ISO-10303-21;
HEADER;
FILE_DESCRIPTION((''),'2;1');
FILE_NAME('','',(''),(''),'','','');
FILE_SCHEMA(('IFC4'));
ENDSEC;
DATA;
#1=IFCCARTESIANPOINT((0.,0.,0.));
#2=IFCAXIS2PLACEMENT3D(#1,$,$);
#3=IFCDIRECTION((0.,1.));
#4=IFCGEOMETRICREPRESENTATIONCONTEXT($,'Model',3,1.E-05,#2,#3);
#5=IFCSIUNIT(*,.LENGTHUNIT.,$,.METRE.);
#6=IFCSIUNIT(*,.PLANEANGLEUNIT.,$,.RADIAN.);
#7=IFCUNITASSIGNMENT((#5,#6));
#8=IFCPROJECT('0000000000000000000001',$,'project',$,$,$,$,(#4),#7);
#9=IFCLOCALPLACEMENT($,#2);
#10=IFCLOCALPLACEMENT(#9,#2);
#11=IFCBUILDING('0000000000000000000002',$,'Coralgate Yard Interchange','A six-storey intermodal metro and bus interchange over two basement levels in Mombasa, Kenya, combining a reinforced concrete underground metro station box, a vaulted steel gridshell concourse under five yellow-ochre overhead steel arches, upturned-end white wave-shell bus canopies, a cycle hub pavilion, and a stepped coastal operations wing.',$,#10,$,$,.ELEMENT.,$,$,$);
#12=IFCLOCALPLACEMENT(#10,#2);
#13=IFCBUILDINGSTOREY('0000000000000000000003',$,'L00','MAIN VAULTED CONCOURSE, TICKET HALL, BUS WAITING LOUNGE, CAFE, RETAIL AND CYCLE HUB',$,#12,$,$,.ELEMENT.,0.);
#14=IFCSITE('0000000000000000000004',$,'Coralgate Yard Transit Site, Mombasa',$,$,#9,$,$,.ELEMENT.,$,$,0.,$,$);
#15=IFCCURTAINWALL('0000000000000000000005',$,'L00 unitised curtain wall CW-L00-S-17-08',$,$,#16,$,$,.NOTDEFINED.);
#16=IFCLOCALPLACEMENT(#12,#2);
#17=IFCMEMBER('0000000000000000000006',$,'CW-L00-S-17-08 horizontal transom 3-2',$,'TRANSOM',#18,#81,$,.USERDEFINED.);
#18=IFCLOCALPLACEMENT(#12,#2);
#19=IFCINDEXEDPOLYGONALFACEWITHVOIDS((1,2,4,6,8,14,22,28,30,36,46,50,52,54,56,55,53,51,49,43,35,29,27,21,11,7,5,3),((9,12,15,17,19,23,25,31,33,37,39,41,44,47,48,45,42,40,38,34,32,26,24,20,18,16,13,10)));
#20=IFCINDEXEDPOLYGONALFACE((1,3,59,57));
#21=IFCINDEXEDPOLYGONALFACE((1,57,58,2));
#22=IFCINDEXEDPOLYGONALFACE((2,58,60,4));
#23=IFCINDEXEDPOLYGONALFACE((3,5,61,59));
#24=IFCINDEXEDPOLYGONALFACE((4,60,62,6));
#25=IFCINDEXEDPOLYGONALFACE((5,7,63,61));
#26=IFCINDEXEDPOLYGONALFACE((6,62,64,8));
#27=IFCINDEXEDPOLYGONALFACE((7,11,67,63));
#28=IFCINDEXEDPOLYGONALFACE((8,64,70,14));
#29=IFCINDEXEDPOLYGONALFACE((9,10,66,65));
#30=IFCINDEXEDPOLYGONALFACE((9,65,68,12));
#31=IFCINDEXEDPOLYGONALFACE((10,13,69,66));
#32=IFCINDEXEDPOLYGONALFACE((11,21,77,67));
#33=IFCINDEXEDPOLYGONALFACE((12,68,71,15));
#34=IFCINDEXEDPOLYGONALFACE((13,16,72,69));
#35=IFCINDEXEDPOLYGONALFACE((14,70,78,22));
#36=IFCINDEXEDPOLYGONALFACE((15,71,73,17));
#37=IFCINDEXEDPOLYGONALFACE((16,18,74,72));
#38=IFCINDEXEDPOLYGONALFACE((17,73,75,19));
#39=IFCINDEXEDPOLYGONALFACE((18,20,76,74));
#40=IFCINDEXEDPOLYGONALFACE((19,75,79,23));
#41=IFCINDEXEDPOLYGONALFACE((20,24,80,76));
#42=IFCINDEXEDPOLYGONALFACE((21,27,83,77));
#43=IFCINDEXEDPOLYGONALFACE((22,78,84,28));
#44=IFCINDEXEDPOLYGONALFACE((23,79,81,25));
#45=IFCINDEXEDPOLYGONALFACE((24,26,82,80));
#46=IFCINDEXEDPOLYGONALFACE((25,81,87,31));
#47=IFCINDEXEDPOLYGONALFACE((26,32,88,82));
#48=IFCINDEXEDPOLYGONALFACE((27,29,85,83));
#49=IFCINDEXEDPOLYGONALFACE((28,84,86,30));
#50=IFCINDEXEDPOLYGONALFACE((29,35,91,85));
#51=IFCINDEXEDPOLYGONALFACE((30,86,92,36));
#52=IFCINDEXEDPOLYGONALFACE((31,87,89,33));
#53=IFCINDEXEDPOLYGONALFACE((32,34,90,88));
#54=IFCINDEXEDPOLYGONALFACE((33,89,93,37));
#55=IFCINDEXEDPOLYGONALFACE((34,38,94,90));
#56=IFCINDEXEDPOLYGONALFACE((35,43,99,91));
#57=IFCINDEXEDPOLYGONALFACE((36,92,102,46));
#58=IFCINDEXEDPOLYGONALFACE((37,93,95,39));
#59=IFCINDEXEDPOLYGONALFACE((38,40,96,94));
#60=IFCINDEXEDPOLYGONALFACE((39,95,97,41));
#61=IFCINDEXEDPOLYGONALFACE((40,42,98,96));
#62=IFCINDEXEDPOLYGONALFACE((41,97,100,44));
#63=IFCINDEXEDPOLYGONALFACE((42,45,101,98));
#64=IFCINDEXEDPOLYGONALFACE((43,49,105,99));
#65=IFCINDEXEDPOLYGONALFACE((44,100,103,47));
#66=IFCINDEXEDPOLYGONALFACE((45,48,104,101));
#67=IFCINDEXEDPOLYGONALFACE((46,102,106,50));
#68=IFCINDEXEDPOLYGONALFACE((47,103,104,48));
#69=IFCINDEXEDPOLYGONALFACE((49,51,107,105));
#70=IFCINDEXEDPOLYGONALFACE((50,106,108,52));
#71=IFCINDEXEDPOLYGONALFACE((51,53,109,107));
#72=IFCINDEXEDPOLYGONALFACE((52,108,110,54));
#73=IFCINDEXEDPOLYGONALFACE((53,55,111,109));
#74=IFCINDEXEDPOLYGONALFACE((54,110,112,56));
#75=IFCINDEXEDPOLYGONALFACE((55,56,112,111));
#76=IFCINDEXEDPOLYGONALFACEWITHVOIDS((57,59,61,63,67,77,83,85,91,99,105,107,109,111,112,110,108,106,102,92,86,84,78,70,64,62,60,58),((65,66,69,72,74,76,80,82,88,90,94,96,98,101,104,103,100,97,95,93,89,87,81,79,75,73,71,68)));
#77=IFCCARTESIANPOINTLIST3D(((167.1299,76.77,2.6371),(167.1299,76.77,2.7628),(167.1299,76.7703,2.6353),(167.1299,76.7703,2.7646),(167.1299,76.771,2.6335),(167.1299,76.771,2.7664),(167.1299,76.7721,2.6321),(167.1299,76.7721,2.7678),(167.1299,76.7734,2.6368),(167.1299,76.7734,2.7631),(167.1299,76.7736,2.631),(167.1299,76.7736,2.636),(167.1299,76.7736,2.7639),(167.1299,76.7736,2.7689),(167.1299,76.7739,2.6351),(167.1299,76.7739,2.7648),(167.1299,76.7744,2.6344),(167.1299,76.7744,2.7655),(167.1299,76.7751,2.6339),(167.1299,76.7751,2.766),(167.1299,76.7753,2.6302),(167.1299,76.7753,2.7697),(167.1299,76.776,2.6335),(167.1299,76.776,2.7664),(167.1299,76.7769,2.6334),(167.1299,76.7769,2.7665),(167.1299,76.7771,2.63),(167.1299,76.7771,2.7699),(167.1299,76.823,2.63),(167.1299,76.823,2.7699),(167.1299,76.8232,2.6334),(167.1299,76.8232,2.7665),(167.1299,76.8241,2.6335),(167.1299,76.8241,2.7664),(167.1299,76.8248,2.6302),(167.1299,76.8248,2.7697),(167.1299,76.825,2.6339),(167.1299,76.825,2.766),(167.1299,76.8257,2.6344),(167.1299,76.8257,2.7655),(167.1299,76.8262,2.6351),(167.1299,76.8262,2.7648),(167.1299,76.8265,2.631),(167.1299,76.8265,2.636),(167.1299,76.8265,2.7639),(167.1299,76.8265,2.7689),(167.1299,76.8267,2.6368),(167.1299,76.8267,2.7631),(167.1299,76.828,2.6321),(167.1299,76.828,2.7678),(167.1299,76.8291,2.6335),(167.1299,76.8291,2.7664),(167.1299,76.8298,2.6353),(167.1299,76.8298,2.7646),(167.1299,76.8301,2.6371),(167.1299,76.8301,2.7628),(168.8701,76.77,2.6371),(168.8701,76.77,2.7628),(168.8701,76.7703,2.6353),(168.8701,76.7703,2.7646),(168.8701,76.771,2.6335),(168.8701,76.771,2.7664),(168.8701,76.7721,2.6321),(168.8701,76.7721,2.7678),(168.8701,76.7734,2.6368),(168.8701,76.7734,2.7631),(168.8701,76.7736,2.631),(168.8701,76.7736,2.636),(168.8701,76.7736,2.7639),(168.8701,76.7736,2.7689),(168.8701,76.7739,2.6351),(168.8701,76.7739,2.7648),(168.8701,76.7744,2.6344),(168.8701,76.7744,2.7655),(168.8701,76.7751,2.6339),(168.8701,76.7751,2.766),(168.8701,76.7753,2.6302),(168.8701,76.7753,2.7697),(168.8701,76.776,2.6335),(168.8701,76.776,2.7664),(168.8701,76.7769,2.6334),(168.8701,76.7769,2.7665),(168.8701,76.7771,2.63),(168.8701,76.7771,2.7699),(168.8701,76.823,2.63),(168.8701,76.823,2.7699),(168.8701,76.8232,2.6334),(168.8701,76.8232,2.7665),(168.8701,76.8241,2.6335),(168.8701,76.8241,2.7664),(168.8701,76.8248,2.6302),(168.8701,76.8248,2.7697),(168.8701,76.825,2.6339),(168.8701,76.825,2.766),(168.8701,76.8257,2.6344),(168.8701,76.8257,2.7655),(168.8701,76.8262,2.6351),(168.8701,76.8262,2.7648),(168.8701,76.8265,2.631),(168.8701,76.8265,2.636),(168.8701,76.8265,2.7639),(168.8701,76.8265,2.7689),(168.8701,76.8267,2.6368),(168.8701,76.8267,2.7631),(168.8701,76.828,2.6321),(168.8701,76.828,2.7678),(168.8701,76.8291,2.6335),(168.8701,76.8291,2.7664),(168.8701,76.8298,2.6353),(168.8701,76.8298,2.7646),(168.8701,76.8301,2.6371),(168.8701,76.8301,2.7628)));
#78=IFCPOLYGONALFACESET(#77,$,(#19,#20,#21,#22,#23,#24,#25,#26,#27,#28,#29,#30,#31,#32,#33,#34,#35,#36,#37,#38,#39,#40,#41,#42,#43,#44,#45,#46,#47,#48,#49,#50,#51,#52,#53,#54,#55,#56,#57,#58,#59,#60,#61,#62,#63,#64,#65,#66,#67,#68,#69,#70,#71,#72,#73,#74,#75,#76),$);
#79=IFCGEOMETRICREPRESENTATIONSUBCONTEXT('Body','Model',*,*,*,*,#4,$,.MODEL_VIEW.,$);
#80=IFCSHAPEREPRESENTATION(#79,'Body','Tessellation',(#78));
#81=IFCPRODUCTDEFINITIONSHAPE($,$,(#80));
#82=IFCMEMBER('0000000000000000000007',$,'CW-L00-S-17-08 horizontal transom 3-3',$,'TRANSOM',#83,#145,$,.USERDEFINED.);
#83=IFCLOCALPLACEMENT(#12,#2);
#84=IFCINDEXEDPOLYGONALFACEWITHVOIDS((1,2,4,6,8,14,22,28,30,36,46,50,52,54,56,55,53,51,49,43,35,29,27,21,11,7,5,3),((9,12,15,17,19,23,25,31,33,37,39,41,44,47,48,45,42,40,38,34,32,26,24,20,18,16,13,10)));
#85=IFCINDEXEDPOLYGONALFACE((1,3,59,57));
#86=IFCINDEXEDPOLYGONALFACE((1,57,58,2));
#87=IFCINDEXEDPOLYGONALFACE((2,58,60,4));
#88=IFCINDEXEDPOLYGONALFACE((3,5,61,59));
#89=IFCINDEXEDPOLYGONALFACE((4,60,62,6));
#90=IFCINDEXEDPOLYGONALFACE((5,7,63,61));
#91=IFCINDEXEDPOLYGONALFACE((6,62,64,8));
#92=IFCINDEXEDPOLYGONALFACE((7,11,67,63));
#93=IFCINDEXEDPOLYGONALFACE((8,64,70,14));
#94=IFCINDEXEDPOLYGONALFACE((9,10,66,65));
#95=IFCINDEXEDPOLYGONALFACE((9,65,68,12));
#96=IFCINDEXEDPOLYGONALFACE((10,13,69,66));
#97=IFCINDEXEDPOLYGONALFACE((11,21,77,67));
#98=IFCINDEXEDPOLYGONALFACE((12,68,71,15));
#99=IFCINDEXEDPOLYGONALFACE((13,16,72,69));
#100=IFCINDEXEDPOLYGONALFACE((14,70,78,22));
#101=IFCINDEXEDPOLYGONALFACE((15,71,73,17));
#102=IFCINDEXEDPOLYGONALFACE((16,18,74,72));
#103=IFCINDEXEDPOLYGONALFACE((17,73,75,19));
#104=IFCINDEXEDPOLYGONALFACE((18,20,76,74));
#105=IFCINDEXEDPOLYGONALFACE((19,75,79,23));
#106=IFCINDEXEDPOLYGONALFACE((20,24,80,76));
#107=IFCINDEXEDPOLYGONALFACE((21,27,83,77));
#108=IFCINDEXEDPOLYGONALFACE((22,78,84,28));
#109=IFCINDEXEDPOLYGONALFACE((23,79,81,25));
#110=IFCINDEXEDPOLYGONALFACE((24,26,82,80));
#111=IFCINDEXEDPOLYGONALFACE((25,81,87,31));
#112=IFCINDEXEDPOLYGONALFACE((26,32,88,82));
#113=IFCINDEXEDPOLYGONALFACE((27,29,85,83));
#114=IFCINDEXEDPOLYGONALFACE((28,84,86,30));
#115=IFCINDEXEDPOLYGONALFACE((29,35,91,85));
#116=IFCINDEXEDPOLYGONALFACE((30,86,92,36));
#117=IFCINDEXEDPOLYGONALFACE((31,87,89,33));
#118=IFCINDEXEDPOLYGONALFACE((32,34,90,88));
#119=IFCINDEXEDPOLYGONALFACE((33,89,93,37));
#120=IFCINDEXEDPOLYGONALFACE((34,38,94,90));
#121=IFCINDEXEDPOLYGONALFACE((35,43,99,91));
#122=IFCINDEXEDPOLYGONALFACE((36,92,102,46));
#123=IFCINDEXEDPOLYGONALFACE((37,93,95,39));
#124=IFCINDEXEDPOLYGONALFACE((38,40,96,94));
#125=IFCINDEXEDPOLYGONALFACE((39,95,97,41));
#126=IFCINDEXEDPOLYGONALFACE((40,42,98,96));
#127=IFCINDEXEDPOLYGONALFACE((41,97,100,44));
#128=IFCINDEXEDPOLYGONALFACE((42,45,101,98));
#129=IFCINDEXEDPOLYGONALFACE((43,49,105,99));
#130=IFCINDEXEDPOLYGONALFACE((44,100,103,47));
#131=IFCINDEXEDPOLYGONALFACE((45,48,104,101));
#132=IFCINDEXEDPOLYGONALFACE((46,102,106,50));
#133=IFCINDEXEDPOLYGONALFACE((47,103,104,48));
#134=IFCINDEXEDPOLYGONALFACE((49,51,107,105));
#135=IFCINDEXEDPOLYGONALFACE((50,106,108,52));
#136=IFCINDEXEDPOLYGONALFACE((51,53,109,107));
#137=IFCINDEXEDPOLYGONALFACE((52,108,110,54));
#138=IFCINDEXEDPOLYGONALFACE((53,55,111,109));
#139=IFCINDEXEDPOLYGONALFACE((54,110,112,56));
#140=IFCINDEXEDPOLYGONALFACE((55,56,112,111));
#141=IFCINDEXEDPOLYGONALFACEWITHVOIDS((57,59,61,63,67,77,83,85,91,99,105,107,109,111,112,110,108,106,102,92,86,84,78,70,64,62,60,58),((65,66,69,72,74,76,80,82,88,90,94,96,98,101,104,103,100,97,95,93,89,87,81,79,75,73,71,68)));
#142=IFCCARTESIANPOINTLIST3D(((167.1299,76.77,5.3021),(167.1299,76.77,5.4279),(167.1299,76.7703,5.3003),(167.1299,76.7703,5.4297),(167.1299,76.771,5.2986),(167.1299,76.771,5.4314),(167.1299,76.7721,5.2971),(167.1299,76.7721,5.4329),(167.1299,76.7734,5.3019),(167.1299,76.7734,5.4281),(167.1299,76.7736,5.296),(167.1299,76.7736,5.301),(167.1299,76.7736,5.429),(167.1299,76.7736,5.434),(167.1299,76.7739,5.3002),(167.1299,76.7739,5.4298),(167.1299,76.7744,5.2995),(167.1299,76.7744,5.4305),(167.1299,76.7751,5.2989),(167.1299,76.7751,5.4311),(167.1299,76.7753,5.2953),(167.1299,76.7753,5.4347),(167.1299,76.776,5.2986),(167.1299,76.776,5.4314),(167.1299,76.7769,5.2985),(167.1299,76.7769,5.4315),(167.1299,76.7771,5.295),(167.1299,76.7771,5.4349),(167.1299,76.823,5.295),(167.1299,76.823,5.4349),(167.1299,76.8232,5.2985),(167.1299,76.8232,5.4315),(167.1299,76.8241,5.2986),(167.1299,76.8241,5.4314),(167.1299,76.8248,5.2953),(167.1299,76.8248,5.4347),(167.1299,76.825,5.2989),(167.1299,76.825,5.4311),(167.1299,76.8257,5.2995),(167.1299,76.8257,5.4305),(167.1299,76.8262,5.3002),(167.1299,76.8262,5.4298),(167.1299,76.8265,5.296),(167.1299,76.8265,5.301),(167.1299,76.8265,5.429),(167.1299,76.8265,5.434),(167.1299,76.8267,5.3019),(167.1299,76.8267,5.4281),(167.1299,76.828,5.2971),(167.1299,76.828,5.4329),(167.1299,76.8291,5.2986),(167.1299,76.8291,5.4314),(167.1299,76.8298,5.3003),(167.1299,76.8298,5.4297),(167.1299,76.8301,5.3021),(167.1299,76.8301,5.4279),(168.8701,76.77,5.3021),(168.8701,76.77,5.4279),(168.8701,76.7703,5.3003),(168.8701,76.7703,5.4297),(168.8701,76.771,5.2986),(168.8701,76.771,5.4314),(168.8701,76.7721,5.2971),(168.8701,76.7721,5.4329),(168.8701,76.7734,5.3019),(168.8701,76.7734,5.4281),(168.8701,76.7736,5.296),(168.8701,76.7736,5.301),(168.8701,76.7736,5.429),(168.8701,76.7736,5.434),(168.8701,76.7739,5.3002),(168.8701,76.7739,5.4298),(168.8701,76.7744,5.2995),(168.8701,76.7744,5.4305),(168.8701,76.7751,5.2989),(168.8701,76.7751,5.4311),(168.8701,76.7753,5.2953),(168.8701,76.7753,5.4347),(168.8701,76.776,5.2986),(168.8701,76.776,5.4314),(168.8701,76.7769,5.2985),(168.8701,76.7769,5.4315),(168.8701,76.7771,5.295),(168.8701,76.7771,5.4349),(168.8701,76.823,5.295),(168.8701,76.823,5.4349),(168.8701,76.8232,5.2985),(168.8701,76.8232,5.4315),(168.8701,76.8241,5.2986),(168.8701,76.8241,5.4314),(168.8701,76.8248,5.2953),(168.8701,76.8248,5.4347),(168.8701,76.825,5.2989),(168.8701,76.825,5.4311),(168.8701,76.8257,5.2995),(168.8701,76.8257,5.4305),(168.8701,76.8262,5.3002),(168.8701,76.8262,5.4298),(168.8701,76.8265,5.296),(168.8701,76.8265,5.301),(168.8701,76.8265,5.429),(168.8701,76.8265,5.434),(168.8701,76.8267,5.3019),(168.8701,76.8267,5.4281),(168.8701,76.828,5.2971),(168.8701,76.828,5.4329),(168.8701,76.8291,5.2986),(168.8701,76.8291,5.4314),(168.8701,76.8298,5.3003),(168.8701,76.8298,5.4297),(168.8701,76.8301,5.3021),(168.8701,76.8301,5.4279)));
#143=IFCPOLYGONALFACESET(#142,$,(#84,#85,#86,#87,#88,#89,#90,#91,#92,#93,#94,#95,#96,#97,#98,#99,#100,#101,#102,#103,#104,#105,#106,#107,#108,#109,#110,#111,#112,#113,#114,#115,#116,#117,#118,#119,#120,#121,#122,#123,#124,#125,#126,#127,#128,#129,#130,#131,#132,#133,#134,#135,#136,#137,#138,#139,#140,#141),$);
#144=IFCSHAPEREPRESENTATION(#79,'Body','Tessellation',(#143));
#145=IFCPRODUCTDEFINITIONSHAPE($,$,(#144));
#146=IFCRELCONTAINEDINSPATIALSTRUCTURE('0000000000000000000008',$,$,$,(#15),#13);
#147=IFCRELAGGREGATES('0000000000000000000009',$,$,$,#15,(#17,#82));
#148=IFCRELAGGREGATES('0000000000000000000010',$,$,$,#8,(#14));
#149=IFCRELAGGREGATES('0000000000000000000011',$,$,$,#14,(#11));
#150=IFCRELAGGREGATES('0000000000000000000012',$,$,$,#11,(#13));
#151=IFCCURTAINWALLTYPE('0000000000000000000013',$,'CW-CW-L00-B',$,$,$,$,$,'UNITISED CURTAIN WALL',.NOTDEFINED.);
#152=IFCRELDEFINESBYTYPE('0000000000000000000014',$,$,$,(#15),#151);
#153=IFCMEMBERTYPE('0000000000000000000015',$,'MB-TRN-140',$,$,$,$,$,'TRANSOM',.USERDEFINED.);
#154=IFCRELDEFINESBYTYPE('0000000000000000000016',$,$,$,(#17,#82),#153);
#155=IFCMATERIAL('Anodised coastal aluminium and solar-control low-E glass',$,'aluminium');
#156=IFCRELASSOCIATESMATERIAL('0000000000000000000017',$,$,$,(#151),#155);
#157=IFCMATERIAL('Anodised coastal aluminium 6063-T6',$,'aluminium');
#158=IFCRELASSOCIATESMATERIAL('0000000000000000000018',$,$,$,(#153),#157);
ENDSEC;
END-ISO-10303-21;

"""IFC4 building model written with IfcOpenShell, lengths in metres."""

from ifc_helpers import new_model, si_unit, direction, frame, origin, origin_2d, place, context, subcontext, project, spatial, hollow_rectangle, extrude, material, material_profile, profile_set, type_object, element, aggregate, save


model = new_model("IFC4")

# Units and contexts
model_context = context("Model", 3, precision=1e-05, world=origin(), true_north=direction((0.0, 1.0)))
body_context = subcontext(model_context, "Body", "Model", "MODEL_VIEW")
ifc_project = project(units=[si_unit("LENGTHUNIT", "METRE"), si_unit("PLANEANGLEUNIT", "RADIAN")], contexts=[model_context])

# Site, building, storey
site_placement = place(None, origin())
site = spatial("IfcSite", under=ifc_project, at=site_placement, Name="Coralgate Yard Transit Site, Mombasa", CompositionType="ELEMENT", RefElevation=0.0)
building_placement = place(site_placement, origin())
building = spatial("IfcBuilding", under=site, at=building_placement, Name="Coralgate Yard Interchange", Description="A six-storey intermodal metro and bus interchange over two basement levels in Mombasa, Kenya, combining a reinforced concrete underground metro station box, a vaulted steel gridshell concourse under five yellow-ochre overhead steel arches, upturned-end white wave-shell bus canopies, a cycle hub pavilion, and a stepped coastal operations wing.", CompositionType="ELEMENT")
storey_placement = place(building_placement, origin())
storey = spatial("IfcBuildingStorey", under=building, at=storey_placement, Name="L00", Description="MAIN VAULTED CONCOURSE, TICKET HALL, BUS WAITING LOUNGE, CAFE, RETAIL AND CYCLE HUB", CompositionType="ELEMENT", Elevation=0.0)

# Curtain wall, members
ifc_material_1 = material(Name="Anodised coastal aluminium and solar-control low-E glass", Category="aluminium")
curtain_wall_type = type_object("IfcCurtainWallType", Name="CW-CW-L00-B", ElementType="UNITISED CURTAIN WALL", PredefinedType="NOTDEFINED", material=ifc_material_1)
curtain_wall_placement = place(storey_placement, origin())
curtain_wall = element("IfcCurtainWall", 1, at=curtain_wall_placement, inside=storey, type_object=curtain_wall_type, Name="L00 unitised curtain wall CW-L00-S-17-08", PredefinedType="NOTDEFINED")
ifc_material_2 = material(Name="Anodised coastal aluminium 6063-T6", Category="aluminium")
ifc_material_profile_1 = material_profile(ifc_material_2, hollow_rectangle(XDim=0.0601, YDim=0.1399, WallThickness=0.0034, InnerFilletRadius=0.0034, OuterFilletRadius=0.0071, at=origin_2d()), Name="ALU 60x140x3.5")
ifc_profile_set_1 = profile_set([ifc_material_profile_1], Name="Anodised coastal aluminium 6063-T6")
member_type_1 = type_object("IfcMemberType", Name="MB-TRN-140", ElementType="TRANSOM", PredefinedType="USERDEFINED", material=ifc_profile_set_1)
member_1_placement = place(storey_placement, frame((168.8701, 76.8, 2.7), z_axis=(-1.0, 0.0, 0.0), x_axis=(0.0, -1.0, 0.0)))
member_1 = element("IfcMember", 2, at=member_1_placement, type_object=member_type_1, Name="CW-L00-S-17-08 horizontal transom 3-2", ObjectType="TRANSOM", PredefinedType="USERDEFINED", context=body_context, shape_type="SweptSolid", body=[
    extrude(hollow_rectangle(XDim=0.0601, YDim=0.1399, WallThickness=0.0034, InnerFilletRadius=0.0034, OuterFilletRadius=0.0071, at=origin_2d()), origin(), (0.0, 0.0, 1.0), 1.7402),
])
member_2_placement = place(storey_placement, frame((168.8701, 76.8, 5.365), z_axis=(-1.0, 0.0, 0.0), x_axis=(0.0, -1.0, 0.0)))
member_2 = element("IfcMember", 3, at=member_2_placement, type_object=member_type_1, Name="CW-L00-S-17-08 horizontal transom 3-3", ObjectType="TRANSOM", PredefinedType="USERDEFINED", context=body_context, shape_type="SweptSolid", body=[
    extrude(hollow_rectangle(XDim=0.0601, YDim=0.1399, WallThickness=0.0034, InnerFilletRadius=0.0034, OuterFilletRadius=0.0071, at=origin_2d()), origin(), (0.0, 0.0, 1.0), 1.7402),
])
aggregate(curtain_wall, [member_1, member_2])

save(model, "model.ifc")
